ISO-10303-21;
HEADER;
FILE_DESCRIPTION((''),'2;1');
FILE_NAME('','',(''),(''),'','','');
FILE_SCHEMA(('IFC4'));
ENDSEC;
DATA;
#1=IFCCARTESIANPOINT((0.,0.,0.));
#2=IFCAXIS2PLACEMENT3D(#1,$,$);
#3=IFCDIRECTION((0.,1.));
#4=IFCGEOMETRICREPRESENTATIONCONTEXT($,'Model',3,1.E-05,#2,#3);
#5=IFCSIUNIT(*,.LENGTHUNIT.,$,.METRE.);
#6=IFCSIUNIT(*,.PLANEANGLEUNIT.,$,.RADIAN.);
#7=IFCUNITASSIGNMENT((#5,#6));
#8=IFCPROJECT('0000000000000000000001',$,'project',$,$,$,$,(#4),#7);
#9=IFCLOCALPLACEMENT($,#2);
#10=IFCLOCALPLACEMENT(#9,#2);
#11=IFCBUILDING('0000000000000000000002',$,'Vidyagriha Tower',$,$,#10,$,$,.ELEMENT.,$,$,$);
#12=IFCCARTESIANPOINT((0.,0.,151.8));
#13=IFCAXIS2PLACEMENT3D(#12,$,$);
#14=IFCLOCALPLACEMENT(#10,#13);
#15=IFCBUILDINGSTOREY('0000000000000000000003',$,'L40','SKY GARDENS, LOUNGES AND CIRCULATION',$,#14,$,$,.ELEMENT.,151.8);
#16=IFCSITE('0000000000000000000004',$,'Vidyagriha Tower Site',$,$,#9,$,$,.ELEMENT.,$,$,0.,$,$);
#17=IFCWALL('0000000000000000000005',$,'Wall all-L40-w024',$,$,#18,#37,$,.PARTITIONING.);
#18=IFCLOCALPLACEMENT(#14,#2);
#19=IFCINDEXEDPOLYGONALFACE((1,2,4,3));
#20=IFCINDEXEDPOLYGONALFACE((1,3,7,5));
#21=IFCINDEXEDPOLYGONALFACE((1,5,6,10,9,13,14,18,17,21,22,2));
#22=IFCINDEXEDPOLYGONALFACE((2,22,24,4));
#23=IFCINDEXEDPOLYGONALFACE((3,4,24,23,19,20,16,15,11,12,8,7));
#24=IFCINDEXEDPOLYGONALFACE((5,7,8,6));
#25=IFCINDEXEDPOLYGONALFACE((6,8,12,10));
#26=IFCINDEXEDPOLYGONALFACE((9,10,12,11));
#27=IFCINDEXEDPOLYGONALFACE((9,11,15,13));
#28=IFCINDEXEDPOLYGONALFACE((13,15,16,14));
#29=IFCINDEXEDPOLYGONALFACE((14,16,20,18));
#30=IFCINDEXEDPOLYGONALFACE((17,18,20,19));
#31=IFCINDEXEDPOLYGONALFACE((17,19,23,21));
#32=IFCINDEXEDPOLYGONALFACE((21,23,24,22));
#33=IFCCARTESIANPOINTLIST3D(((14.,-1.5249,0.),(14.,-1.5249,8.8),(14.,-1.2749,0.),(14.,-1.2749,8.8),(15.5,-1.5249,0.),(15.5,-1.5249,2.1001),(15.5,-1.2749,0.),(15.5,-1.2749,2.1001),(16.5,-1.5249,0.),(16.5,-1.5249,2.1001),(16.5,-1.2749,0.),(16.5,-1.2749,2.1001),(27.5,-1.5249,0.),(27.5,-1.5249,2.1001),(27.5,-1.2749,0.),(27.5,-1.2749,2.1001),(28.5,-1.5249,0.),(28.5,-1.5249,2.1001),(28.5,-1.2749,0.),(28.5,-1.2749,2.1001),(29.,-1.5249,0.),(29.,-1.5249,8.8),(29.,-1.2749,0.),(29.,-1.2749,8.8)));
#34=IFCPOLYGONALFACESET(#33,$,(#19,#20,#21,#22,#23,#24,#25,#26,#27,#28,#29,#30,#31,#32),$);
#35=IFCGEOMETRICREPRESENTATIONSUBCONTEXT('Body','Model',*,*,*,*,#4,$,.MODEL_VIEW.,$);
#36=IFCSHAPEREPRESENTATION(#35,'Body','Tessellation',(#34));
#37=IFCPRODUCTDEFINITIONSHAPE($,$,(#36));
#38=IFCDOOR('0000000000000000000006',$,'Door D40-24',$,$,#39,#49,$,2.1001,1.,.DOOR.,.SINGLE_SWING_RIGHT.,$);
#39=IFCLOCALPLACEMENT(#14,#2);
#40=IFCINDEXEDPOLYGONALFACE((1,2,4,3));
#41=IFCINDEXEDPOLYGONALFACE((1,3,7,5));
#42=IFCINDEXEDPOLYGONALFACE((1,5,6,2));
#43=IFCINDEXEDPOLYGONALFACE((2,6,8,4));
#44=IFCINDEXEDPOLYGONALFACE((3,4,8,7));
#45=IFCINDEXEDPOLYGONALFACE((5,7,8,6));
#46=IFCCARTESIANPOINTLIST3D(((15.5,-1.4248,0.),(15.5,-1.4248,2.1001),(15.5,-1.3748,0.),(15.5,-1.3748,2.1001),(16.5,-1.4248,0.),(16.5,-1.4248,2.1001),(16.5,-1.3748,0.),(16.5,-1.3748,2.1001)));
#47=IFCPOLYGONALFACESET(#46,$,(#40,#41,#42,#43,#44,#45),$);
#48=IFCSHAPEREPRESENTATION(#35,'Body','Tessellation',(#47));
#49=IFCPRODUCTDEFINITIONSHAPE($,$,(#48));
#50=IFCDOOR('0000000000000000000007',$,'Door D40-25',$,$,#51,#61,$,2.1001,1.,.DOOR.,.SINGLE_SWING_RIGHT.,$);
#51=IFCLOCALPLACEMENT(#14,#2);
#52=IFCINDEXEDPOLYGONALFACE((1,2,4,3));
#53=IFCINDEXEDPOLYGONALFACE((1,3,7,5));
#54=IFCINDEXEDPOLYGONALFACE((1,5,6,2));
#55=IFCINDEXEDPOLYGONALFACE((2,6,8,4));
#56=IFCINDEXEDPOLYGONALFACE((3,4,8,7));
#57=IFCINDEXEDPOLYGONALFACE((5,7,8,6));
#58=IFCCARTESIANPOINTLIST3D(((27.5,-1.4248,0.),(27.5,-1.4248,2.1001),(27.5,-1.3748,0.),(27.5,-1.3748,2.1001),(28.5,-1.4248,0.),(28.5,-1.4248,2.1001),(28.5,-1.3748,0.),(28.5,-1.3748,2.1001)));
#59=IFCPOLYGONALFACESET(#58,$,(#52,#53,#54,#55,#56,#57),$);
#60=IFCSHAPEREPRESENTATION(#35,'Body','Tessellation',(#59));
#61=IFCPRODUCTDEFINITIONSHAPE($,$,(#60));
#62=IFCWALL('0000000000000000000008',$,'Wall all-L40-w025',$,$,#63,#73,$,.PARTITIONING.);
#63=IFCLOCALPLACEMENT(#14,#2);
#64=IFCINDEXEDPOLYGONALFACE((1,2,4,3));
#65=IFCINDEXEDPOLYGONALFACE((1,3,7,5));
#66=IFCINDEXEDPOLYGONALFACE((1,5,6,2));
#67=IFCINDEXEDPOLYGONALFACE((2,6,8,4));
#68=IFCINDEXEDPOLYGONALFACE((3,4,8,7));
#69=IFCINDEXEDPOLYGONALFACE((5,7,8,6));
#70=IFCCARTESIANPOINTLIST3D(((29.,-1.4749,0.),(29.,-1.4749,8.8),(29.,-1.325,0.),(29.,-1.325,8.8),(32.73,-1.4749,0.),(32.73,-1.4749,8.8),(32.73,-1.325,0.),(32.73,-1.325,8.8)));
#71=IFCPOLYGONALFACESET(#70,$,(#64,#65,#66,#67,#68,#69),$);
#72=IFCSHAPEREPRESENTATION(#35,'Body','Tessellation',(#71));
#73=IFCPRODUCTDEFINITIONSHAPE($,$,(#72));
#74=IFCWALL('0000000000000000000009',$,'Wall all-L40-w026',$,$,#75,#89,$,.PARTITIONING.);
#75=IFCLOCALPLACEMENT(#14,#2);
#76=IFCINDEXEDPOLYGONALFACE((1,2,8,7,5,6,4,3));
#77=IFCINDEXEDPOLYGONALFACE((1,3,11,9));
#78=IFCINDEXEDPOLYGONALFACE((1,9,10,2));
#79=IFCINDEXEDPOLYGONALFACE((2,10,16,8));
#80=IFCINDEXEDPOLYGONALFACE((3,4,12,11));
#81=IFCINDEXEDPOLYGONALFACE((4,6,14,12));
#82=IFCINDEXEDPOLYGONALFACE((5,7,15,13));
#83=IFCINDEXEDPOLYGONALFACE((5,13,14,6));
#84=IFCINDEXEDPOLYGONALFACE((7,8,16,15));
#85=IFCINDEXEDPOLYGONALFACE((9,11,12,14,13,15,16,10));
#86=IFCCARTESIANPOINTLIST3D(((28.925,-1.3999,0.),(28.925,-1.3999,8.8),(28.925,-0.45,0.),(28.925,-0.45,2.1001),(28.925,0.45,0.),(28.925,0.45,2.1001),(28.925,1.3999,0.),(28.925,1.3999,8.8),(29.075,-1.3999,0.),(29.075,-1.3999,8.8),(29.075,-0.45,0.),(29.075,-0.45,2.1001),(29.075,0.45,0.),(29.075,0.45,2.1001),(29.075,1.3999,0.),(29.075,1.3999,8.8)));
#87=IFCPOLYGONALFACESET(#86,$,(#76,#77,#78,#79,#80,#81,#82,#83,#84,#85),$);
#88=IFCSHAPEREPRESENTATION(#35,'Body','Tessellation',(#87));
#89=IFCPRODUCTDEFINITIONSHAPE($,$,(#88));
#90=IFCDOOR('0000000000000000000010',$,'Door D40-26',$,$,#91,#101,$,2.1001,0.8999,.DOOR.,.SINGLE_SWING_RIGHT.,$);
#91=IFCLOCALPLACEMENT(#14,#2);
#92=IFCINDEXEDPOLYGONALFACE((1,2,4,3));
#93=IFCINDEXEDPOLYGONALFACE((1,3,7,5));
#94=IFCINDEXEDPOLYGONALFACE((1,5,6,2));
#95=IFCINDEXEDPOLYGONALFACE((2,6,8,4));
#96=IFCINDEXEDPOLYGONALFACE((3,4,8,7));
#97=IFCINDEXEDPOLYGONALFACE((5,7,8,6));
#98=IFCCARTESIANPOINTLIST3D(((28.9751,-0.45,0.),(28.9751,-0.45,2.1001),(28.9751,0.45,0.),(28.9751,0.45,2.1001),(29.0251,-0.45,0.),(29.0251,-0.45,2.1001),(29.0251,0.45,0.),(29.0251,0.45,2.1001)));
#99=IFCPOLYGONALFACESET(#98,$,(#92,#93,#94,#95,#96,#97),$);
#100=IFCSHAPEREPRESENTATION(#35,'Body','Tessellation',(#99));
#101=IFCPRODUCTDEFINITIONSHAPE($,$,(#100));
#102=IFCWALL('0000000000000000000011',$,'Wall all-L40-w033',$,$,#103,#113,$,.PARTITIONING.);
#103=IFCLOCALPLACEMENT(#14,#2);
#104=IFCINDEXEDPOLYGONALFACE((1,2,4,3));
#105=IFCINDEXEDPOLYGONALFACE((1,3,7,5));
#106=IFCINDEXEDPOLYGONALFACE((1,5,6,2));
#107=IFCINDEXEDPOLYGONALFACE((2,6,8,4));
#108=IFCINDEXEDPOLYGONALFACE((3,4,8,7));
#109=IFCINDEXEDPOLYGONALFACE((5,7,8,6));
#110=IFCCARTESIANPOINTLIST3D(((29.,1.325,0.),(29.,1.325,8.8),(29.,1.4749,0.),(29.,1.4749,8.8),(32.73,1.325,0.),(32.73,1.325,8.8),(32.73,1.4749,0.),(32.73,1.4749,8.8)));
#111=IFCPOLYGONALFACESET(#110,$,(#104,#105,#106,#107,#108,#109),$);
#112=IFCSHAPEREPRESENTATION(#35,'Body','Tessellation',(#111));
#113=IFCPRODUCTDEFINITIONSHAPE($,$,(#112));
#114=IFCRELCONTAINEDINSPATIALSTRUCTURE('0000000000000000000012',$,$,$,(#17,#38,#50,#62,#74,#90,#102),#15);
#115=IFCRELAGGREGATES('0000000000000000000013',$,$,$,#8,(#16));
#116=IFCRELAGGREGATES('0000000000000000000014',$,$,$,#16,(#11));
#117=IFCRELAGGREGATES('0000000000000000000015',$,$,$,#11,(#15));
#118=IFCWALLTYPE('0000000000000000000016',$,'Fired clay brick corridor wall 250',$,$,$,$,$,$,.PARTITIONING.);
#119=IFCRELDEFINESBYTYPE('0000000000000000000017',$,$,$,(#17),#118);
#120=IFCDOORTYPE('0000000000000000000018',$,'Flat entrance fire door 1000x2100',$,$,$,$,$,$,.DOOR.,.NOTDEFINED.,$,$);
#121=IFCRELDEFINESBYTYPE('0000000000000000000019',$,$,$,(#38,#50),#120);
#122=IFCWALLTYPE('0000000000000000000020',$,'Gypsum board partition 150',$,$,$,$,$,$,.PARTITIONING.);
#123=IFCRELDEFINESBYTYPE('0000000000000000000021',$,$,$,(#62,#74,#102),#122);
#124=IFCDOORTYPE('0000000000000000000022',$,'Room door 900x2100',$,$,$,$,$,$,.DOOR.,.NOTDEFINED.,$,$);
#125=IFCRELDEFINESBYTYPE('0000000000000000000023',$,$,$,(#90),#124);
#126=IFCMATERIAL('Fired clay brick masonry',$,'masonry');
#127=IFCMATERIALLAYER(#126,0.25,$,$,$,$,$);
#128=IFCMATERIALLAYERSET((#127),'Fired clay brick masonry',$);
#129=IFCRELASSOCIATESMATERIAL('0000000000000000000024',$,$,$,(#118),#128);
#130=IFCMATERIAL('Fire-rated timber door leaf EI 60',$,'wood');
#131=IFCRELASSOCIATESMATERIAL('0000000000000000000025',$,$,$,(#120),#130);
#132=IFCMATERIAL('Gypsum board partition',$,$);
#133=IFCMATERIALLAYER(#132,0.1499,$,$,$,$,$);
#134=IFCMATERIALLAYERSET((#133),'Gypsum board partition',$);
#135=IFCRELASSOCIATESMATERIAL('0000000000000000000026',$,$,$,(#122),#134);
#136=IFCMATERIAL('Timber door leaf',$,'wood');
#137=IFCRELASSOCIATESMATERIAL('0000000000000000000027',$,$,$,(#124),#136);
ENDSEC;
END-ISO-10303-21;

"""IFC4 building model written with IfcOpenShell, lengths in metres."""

from ifc_helpers import new_model, si_unit, direction, frame, frame_2d, origin, place, context, subcontext, project, spatial, rectangle, extrude, material, layer, layer_set, type_object, element, fill, save


model = new_model("IFC4")

# Units and contexts
model_context = context("Model", 3, precision=1e-05, world=origin(), true_north=direction((0.0, 1.0)))
body_context = subcontext(model_context, "Body", "Model", "MODEL_VIEW")
ifc_project = project(units=[si_unit("LENGTHUNIT", "METRE"), si_unit("PLANEANGLEUNIT", "RADIAN")], contexts=[model_context])

# Site, building, storey
site_placement = place(None, origin())
site = spatial("IfcSite", under=ifc_project, at=site_placement, Name="Vidyagriha Tower Site", CompositionType="ELEMENT", RefElevation=0.0)
building_placement = place(site_placement, origin())
building = spatial("IfcBuilding", under=site, at=building_placement, Name="Vidyagriha Tower", CompositionType="ELEMENT")
storey_placement = place(building_placement, frame((0.0, 0.0, 151.8)))
storey = spatial("IfcBuildingStorey", under=building, at=storey_placement, Name="L40", Description="SKY GARDENS, LOUNGES AND CIRCULATION", CompositionType="ELEMENT", Elevation=151.8)

# Wall, openings, doors
ifc_material_1 = material(Name="Fired clay brick masonry", Category="masonry")
ifc_layer_1 = layer(ifc_material_1, 0.25)
ifc_layer_set_1 = layer_set([ifc_layer_1], Name="Fired clay brick masonry")
wall_type_1 = type_object("IfcWallType", Name="Fired clay brick corridor wall 250", PredefinedType="PARTITIONING", material=ifc_layer_set_1)
wall_1_placement = place(storey_placement, frame((29.0, -1.3999, 0.0), z_axis=(0.0, 0.0, 1.0), x_axis=(-1.0, 0.0, 0.0)))
wall_1 = element("IfcWall", 1, at=wall_1_placement, inside=storey, type_object=wall_type_1, Name="Wall all-L40-w024", PredefinedType="PARTITIONING", context=body_context, shape_type="SweptSolid", body=[
    extrude(rectangle(XDim=15.0, YDim=0.25, at=frame_2d((7.5, 0.0))), origin(), (0.0, 0.0, 1.0), 8.8),
])
opening_1_placement = place(wall_1_placement, frame((12.5, 0.0, 0.0)))
opening_1 = element("IfcOpeningElement", 2, at=opening_1_placement, cuts=wall_1, PredefinedType="OPENING", context=body_context, shape_type="SweptSolid", body=[
    extrude(rectangle(XDim=1.0, YDim=2.1001, at=frame_2d((0.5, 1.05))), frame((0.0, 0.135, 0.0), z_axis=(0.0, -1.0, 0.0), x_axis=(1.0, 0.0, 0.0)), (0.0, 0.0, 1.0), 0.27),
])
opening_2_placement = place(wall_1_placement, frame((0.5, 0.0, 0.0)))
opening_2 = element("IfcOpeningElement", 3, at=opening_2_placement, cuts=wall_1, PredefinedType="OPENING", context=body_context, shape_type="SweptSolid", body=[
    extrude(rectangle(XDim=1.0, YDim=2.1001, at=frame_2d((0.5, 1.05))), frame((0.0, 0.135, 0.0), z_axis=(0.0, -1.0, 0.0), x_axis=(1.0, 0.0, 0.0)), (0.0, 0.0, 1.0), 0.27),
])
ifc_material_2 = material(Name="Fire-rated timber door leaf EI 60", Category="wood")
door_type_1 = type_object("IfcDoorType", Name="Flat entrance fire door 1000x2100", OperationType="NOTDEFINED", PredefinedType="DOOR", material=ifc_material_2)
door_1_placement = place(opening_1_placement, origin())
door_1 = element("IfcDoor", 4, at=door_1_placement, inside=storey, type_object=door_type_1, Name="Door D40-24", OperationType="SINGLE_SWING_RIGHT", OverallHeight=2.1001, OverallWidth=1.0, PredefinedType="DOOR", context=body_context, shape_type="SweptSolid", body=[
    extrude(rectangle(XDim=1.0, YDim=2.1001, at=frame_2d((0.5, 1.05))), frame((0.0, 0.0249, 0.0), z_axis=(0.0, -1.0, 0.0), x_axis=(1.0, 0.0, 0.0)), (0.0, 0.0, 1.0), 0.05),
])
fill(opening_1, door_1)
door_2_placement = place(opening_2_placement, origin())
door_2 = element("IfcDoor", 5, at=door_2_placement, inside=storey, type_object=door_type_1, Name="Door D40-25", OperationType="SINGLE_SWING_RIGHT", OverallHeight=2.1001, OverallWidth=1.0, PredefinedType="DOOR", context=body_context, shape_type="SweptSolid", body=[
    extrude(rectangle(XDim=1.0, YDim=2.1001, at=frame_2d((0.5, 1.05))), frame((0.0, 0.0249, 0.0), z_axis=(0.0, -1.0, 0.0), x_axis=(1.0, 0.0, 0.0)), (0.0, 0.0, 1.0), 0.05),
])
fill(opening_2, door_2)

# Wall
ifc_material_3 = material(Name="Gypsum board partition")
ifc_layer_2 = layer(ifc_material_3, 0.1499)
ifc_layer_set_2 = layer_set([ifc_layer_2], Name="Gypsum board partition")
wall_type_2 = type_object("IfcWallType", Name="Gypsum board partition 150", PredefinedType="PARTITIONING", material=ifc_layer_set_2)
wall_2_placement = place(storey_placement, frame((32.73, -1.3999, 0.0), z_axis=(0.0, 0.0, 1.0), x_axis=(-1.0, 0.0, 0.0)))
element("IfcWall", 6, at=wall_2_placement, inside=storey, type_object=wall_type_2, Name="Wall all-L40-w025", PredefinedType="PARTITIONING", context=body_context, shape_type="SweptSolid", body=[
    extrude(rectangle(XDim=3.73, YDim=0.1499, at=frame_2d((1.865, 0.0))), origin(), (0.0, 0.0, 1.0), 8.8),
])

# Wall, opening, door
wall_3_placement = place(storey_placement, frame((29.0, -1.3999, 0.0), z_axis=(0.0, 0.0, 1.0), x_axis=(0.0, 1.0, 0.0)))
wall_3 = element("IfcWall", 7, at=wall_3_placement, inside=storey, type_object=wall_type_2, Name="Wall all-L40-w026", PredefinedType="PARTITIONING", context=body_context, shape_type="SweptSolid", body=[
    extrude(rectangle(XDim=2.7998, YDim=0.1499, at=frame_2d((1.3999, 0.0))), origin(), (0.0, 0.0, 1.0), 8.8),
])
opening_3_placement = place(wall_3_placement, frame((0.95, 0.0, 0.0)))
opening_3 = element("IfcOpeningElement", 8, at=opening_3_placement, cuts=wall_3, PredefinedType="OPENING", context=body_context, shape_type="SweptSolid", body=[
    extrude(rectangle(XDim=0.8999, YDim=2.1001, at=frame_2d((0.45, 1.05))), frame((0.0, 0.085, 0.0), z_axis=(0.0, -1.0, 0.0), x_axis=(1.0, 0.0, 0.0)), (0.0, 0.0, 1.0), 0.1699),
])
ifc_material_4 = material(Name="Timber door leaf", Category="wood")
door_type_2 = type_object("IfcDoorType", Name="Room door 900x2100", OperationType="NOTDEFINED", PredefinedType="DOOR", material=ifc_material_4)
door_3_placement = place(opening_3_placement, origin())
door_3 = element("IfcDoor", 9, at=door_3_placement, inside=storey, type_object=door_type_2, Name="Door D40-26", OperationType="SINGLE_SWING_RIGHT", OverallHeight=2.1001, OverallWidth=0.8999, PredefinedType="DOOR", context=body_context, shape_type="SweptSolid", body=[
    extrude(rectangle(XDim=0.8999, YDim=2.1001, at=frame_2d((0.45, 1.05))), frame((0.0, 0.0249, 0.0), z_axis=(0.0, -1.0, 0.0), x_axis=(1.0, 0.0, 0.0)), (0.0, 0.0, 1.0), 0.05),
])
fill(opening_3, door_3)

# Wall
wall_4_placement = place(storey_placement, frame((29.0, 1.3999, 0.0)))
element("IfcWall", 10, at=wall_4_placement, inside=storey, type_object=wall_type_2, Name="Wall all-L40-w033", PredefinedType="PARTITIONING", context=body_context, shape_type="SweptSolid", body=[
    extrude(rectangle(XDim=3.73, YDim=0.1499, at=frame_2d((1.865, 0.0))), origin(), (0.0, 0.0, 1.0), 8.8),
])

save(model, "model.ifc")
